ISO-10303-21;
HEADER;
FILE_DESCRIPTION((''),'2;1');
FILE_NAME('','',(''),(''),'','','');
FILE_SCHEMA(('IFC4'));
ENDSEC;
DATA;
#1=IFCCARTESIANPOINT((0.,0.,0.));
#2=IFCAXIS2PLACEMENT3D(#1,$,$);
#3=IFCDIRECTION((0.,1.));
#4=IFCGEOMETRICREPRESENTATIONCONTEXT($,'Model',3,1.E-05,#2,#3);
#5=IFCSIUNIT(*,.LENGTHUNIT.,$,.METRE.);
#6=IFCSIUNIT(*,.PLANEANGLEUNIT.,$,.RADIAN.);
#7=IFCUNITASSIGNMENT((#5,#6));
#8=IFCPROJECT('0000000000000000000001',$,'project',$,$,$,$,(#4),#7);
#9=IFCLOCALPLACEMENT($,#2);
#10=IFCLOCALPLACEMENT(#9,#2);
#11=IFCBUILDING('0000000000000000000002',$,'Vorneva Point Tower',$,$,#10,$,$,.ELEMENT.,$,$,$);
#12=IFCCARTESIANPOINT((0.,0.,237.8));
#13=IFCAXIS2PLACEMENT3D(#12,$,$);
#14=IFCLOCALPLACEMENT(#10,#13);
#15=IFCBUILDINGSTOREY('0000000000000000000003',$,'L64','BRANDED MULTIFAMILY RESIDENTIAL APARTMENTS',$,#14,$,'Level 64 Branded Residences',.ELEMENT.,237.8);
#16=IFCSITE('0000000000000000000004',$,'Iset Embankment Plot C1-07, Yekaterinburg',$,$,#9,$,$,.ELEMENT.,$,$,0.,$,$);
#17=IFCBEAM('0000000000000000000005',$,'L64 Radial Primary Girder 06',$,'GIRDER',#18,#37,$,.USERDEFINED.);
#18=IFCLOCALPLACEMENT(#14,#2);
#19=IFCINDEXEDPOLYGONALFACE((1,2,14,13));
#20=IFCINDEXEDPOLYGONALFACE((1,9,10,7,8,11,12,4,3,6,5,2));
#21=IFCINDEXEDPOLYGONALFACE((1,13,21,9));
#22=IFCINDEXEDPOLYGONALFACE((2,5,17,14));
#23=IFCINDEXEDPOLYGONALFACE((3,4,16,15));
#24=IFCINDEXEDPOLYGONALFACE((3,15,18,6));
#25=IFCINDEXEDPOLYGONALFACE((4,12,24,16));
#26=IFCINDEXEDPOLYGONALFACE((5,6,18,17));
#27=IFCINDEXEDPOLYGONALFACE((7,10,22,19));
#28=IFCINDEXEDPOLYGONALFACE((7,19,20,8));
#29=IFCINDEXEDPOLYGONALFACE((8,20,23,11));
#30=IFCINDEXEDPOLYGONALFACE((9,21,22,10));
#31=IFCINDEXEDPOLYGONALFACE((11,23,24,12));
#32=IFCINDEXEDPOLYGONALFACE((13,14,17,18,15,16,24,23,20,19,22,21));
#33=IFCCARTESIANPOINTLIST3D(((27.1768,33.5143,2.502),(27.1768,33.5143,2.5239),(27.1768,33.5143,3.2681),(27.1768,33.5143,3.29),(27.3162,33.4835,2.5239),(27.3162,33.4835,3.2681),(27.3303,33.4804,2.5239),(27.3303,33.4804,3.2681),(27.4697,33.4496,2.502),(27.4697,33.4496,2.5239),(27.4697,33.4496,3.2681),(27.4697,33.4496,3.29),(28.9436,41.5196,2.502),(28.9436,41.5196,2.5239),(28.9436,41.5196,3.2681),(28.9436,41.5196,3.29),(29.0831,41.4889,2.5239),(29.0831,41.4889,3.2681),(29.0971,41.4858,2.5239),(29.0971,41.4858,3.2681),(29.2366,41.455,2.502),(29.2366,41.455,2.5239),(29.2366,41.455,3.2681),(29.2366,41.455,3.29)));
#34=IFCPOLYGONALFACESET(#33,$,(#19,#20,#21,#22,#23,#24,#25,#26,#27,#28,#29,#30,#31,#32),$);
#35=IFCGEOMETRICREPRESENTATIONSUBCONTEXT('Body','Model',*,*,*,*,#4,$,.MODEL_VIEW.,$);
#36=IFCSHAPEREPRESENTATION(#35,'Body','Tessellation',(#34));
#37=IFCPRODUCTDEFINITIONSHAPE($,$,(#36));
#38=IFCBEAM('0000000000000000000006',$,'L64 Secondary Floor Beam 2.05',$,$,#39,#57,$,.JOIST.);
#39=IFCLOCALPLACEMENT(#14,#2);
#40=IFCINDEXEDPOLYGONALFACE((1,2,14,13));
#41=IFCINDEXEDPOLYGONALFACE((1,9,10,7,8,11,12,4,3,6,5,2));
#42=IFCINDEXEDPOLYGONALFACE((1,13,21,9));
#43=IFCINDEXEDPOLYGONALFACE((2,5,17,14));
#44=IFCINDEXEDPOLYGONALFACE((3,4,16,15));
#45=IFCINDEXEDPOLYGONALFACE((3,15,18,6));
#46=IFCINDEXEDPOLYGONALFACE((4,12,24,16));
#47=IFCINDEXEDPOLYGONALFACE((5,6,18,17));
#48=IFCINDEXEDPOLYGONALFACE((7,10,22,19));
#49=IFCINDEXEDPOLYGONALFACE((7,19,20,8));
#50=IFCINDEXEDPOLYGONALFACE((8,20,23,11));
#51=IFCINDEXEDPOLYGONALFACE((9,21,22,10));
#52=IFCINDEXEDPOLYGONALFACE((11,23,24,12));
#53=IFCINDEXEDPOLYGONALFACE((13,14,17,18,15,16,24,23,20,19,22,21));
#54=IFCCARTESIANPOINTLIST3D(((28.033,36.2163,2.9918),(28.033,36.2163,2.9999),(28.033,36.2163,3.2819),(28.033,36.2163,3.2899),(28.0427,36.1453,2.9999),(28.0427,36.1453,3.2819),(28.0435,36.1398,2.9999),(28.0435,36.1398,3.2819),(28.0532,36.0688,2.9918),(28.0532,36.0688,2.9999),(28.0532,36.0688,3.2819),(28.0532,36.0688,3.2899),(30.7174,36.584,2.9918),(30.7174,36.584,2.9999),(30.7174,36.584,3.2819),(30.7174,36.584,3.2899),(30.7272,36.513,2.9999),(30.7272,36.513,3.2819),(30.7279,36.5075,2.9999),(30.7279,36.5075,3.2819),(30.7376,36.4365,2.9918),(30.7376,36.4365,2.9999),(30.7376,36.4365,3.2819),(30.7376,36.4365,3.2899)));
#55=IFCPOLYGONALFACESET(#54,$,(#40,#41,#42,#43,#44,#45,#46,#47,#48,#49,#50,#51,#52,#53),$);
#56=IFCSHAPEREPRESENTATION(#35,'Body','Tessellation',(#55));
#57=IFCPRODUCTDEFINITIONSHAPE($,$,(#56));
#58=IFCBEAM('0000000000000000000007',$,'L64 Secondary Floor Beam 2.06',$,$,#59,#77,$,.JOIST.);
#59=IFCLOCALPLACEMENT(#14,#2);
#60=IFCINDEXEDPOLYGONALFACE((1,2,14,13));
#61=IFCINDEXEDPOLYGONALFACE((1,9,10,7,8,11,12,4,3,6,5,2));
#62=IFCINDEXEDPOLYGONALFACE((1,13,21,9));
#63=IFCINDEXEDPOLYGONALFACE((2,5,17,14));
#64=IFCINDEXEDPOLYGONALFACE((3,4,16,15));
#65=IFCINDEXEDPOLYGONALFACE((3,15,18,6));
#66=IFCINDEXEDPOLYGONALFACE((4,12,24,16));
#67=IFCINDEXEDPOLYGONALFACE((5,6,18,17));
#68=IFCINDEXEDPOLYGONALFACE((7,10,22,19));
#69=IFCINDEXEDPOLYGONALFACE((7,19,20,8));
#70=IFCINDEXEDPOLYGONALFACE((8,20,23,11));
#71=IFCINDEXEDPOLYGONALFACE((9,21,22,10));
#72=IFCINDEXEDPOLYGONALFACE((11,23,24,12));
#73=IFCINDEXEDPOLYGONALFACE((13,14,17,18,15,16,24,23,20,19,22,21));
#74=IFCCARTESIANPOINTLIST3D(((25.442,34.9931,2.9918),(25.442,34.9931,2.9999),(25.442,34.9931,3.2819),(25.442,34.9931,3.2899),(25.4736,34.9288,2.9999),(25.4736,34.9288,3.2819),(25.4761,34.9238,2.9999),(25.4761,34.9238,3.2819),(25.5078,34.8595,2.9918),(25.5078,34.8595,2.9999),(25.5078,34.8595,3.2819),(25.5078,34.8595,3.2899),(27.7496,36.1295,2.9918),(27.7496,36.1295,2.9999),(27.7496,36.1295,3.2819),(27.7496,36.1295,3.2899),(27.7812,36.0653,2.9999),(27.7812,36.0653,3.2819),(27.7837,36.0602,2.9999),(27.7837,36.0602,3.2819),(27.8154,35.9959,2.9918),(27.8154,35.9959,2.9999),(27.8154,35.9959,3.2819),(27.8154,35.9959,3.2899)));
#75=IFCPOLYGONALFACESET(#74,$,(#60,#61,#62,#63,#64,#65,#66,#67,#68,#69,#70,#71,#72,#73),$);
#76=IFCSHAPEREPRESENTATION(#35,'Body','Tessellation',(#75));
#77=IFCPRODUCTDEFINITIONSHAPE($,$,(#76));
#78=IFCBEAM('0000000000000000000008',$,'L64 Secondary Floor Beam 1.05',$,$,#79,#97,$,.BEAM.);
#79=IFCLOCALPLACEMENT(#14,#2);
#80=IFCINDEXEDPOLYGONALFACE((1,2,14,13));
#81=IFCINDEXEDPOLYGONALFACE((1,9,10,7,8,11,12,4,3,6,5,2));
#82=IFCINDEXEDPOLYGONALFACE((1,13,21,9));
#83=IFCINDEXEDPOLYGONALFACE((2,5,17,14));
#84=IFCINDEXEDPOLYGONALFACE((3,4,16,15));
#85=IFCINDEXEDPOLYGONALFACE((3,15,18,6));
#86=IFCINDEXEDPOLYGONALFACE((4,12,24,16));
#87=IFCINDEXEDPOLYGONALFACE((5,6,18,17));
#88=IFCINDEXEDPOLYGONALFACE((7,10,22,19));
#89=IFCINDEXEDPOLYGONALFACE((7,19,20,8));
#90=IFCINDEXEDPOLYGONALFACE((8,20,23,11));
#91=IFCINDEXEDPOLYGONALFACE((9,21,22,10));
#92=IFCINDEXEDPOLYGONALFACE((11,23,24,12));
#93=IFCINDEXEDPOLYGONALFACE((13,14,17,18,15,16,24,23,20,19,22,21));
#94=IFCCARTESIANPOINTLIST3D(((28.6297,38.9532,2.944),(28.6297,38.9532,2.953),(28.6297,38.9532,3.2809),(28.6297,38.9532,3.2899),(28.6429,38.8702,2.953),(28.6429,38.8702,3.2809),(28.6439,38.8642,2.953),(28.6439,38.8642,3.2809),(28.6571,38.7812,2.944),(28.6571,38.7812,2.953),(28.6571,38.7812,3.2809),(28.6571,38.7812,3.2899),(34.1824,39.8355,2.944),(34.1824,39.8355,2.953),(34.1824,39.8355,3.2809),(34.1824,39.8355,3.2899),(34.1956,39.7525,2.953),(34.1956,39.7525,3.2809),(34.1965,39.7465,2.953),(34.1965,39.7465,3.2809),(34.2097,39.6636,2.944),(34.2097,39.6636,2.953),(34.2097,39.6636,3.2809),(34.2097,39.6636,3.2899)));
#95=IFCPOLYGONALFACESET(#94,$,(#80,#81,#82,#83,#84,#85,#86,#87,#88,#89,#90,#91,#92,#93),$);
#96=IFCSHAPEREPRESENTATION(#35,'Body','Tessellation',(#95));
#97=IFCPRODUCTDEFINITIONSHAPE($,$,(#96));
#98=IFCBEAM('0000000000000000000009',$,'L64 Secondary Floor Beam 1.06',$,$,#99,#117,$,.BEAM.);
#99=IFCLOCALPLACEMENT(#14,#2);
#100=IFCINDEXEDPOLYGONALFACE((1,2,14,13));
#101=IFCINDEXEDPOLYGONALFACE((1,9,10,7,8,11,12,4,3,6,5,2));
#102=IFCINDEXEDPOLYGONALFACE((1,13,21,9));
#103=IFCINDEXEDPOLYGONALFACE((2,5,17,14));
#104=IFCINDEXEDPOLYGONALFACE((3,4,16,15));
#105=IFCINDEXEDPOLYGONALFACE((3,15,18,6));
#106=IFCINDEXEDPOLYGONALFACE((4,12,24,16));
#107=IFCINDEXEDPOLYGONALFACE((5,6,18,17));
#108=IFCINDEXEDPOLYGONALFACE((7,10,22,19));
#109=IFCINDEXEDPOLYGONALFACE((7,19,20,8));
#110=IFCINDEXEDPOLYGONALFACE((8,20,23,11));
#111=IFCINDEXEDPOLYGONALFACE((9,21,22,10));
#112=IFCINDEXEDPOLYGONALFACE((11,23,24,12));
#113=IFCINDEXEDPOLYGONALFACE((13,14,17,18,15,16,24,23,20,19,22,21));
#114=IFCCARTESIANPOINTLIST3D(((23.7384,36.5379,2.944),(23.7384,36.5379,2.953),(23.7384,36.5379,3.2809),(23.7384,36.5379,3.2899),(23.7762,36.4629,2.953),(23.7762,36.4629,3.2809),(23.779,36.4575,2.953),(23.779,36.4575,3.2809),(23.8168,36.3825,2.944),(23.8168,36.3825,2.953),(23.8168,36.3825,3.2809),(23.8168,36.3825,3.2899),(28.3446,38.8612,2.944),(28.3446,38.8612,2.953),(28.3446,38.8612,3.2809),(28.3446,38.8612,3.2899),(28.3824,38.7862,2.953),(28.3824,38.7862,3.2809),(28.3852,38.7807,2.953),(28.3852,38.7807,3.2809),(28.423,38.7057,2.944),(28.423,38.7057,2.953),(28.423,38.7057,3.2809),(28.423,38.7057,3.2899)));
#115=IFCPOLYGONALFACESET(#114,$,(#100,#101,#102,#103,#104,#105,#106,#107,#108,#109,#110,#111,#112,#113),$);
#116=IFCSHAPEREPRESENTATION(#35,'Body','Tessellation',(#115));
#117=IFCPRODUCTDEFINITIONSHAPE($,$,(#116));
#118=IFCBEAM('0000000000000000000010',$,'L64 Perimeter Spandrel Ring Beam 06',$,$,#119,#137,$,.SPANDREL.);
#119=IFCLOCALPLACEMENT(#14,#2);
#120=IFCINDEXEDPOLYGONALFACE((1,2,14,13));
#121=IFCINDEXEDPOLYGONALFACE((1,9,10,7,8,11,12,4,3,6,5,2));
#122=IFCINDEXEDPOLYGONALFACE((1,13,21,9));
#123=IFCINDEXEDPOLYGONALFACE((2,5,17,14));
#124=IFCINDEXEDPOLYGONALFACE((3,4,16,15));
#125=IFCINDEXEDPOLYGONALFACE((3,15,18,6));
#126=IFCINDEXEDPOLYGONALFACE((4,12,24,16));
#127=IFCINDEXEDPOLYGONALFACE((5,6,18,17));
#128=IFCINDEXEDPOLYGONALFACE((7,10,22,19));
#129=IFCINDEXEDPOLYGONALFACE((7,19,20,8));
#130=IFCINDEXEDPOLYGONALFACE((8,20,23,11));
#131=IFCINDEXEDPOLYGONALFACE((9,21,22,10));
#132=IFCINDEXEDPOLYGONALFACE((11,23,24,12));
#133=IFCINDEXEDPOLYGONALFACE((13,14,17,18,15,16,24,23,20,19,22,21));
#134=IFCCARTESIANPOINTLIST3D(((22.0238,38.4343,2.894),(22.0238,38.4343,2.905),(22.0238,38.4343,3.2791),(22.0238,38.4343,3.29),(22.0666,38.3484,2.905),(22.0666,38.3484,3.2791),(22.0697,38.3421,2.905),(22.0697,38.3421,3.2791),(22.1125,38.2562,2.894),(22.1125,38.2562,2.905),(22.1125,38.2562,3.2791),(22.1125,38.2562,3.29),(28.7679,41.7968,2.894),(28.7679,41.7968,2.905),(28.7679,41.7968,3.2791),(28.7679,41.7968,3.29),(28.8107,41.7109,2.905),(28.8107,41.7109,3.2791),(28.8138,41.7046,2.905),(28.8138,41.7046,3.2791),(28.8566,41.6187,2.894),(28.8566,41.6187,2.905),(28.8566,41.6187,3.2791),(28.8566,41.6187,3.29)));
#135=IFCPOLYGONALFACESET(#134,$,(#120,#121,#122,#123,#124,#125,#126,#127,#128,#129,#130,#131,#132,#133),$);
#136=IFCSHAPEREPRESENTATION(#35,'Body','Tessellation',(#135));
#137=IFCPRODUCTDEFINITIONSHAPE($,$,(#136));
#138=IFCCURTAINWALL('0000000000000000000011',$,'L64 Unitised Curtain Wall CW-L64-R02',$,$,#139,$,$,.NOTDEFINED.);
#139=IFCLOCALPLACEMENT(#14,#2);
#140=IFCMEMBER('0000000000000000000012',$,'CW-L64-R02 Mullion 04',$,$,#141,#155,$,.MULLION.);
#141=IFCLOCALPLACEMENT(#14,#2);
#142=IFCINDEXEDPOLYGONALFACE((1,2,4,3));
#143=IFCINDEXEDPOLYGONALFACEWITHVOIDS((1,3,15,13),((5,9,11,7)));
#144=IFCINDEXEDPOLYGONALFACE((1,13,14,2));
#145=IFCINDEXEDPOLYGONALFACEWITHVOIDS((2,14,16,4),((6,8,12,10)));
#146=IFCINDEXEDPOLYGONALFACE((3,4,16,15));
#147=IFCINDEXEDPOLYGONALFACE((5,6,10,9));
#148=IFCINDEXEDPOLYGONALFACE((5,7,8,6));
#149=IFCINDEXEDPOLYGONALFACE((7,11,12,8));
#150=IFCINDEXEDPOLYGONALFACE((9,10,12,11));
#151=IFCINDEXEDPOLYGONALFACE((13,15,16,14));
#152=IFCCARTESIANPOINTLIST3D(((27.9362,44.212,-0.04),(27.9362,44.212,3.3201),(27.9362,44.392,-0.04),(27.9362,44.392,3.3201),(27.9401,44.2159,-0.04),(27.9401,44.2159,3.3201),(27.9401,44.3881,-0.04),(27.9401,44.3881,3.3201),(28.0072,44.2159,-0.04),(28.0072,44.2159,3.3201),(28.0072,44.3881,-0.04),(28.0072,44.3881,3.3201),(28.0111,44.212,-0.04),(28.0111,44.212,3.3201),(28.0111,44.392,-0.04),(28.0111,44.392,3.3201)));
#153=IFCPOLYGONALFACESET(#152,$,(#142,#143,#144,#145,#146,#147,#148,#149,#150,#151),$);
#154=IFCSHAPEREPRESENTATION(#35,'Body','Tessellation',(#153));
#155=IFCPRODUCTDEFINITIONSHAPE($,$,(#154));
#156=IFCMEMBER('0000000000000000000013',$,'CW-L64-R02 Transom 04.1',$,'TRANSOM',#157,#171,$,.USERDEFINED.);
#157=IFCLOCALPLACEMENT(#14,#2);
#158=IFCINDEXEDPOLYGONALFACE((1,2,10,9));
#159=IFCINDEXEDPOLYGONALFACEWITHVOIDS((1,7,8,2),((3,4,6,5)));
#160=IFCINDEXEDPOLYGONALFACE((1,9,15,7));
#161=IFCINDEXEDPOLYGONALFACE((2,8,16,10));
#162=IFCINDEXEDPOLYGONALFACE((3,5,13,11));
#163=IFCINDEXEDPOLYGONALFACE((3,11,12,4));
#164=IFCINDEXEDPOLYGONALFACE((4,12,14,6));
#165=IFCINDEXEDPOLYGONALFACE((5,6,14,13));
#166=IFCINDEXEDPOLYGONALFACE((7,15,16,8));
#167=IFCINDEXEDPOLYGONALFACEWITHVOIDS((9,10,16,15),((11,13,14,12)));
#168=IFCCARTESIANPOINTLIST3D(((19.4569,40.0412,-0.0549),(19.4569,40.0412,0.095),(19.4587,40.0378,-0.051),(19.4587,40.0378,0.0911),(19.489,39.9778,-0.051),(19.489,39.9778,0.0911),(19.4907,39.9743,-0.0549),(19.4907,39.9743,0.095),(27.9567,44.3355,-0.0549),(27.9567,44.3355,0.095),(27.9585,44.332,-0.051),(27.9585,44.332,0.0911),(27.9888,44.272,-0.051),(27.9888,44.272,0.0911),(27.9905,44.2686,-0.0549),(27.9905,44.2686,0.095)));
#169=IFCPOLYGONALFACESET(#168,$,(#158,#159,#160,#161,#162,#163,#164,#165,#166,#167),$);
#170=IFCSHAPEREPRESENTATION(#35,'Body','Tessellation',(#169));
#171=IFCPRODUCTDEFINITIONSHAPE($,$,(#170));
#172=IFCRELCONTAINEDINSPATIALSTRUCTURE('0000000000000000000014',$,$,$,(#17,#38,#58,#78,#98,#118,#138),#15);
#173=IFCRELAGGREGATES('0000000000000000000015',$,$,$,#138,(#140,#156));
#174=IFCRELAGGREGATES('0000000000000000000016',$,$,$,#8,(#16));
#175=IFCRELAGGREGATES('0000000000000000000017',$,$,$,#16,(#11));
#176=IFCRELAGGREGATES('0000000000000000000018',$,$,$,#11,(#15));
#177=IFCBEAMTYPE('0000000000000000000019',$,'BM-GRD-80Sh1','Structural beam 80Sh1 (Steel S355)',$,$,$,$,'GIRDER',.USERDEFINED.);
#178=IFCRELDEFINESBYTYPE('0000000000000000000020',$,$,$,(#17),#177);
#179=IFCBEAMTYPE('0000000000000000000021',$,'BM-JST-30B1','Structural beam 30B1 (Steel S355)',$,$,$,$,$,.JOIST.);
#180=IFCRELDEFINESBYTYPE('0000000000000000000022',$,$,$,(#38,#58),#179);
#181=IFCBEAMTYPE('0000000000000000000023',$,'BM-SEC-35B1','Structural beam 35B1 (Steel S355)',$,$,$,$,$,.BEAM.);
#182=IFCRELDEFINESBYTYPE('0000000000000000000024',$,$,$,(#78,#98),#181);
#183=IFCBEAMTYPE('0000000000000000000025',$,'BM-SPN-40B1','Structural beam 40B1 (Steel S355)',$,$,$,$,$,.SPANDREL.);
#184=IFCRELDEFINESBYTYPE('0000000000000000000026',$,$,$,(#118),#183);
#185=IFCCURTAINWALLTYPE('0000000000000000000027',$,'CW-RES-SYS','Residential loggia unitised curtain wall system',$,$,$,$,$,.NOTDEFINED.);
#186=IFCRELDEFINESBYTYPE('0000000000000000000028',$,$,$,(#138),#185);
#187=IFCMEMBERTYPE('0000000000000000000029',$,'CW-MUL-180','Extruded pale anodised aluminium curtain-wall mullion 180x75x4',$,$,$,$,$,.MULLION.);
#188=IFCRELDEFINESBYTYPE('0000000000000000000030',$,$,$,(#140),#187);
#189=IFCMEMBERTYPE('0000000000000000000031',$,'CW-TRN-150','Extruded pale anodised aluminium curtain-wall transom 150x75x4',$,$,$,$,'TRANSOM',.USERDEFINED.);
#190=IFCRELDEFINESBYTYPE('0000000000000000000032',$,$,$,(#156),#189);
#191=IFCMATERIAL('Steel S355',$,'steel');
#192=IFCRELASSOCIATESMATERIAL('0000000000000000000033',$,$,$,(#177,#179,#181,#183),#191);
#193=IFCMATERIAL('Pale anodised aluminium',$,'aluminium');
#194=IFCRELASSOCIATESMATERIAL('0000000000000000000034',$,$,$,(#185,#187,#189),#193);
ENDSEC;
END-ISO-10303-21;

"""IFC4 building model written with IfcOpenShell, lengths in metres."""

from ifc_helpers import new_model, si_unit, direction, frame, origin, origin_2d, place, context, subcontext, project, spatial, hollow_rectangle, i_section, extrude, material, material_profile, profile_set, type_object, element, aggregate, save


model = new_model("IFC4")

# Units and contexts
model_context = context("Model", 3, precision=1e-05, world=origin(), true_north=direction((0.0, 1.0)))
body_context = subcontext(model_context, "Body", "Model", "MODEL_VIEW")
ifc_project = project(units=[si_unit("LENGTHUNIT", "METRE"), si_unit("PLANEANGLEUNIT", "RADIAN")], contexts=[model_context])

# Site, building, storey
site_placement = place(None, origin())
site = spatial("IfcSite", under=ifc_project, at=site_placement, Name="Iset Embankment Plot C1-07, Yekaterinburg", CompositionType="ELEMENT", RefElevation=0.0)
building_placement = place(site_placement, origin())
building = spatial("IfcBuilding", under=site, at=building_placement, Name="Vorneva Point Tower", CompositionType="ELEMENT")
storey_placement = place(building_placement, frame((0.0, 0.0, 237.8)))
storey = spatial("IfcBuildingStorey", under=building, at=storey_placement, Name="L64", Description="BRANDED MULTIFAMILY RESIDENTIAL APARTMENTS", LongName="Level 64 Branded Residences", CompositionType="ELEMENT", Elevation=237.8)

# Beams
ifc_material_1 = material(Name="Steel S355", Category="steel")
ifc_material_profile_1 = material_profile(ifc_material_1, i_section(OverallWidth=0.3, OverallDepth=0.7881, WebThickness=0.0144, FlangeThickness=0.022, at=origin_2d()), Name="80Sh1")
ifc_profile_set_1 = profile_set([ifc_material_profile_1], Name="Steel S355")
beam_type_1 = type_object("IfcBeamType", Name="BM-GRD-80Sh1", Description="Structural beam 80Sh1 (Steel S355)", ElementType="GIRDER", PredefinedType="USERDEFINED", material=ifc_profile_set_1)
beam_1_placement = place(storey_placement, frame((29.0901, 41.4873, 2.896), z_axis=(-0.215521, -0.976499, 0.0), x_axis=(0.976499, -0.215521, 0.0)))
element("IfcBeam", 1, at=beam_1_placement, inside=storey, type_object=beam_type_1, Name="L64 Radial Primary Girder 06", ObjectType="GIRDER", PredefinedType="USERDEFINED", context=body_context, shape_type="SweptSolid", body=[
    extrude(i_section(OverallWidth=0.3, OverallDepth=0.7881, WebThickness=0.0144, FlangeThickness=0.022, at=origin_2d()), origin(), (0.0, 0.0, 1.0), 8.198),
])
ifc_material_profile_2 = material_profile(ifc_material_1, i_section(OverallWidth=0.1489, OverallDepth=0.2981, WebThickness=0.0056, FlangeThickness=0.0081, at=origin_2d()), Name="30B1")
ifc_profile_set_2 = profile_set([ifc_material_profile_2], Name="Steel S355")
beam_type_2 = type_object("IfcBeamType", Name="BM-JST-30B1", Description="Structural beam 30B1 (Steel S355)", PredefinedType="JOIST", material=ifc_profile_set_2)
beam_2_placement = place(storey_placement, frame((30.7275, 36.5103, 3.1409), z_axis=(-0.990749, -0.135704, 0.0), x_axis=(0.135704, -0.990749, 0.0)))
element("IfcBeam", 2, at=beam_2_placement, inside=storey, type_object=beam_type_2, Name="L64 Secondary Floor Beam 2.05", PredefinedType="JOIST", context=body_context, shape_type="SweptSolid", body=[
    extrude(i_section(OverallWidth=0.1489, OverallDepth=0.2981, WebThickness=0.0056, FlangeThickness=0.0081, at=origin_2d()), origin(), (0.0, 0.0, 1.0), 2.7095),
])
beam_3_placement = place(storey_placement, frame((27.7825, 36.0627, 3.1409), z_axis=(-0.897106, -0.441814, 0.0), x_axis=(0.441814, -0.897106, 0.0)))
element("IfcBeam", 3, at=beam_3_placement, inside=storey, type_object=beam_type_2, Name="L64 Secondary Floor Beam 2.06", PredefinedType="JOIST", context=body_context, shape_type="SweptSolid", body=[
    extrude(i_section(OverallWidth=0.1489, OverallDepth=0.2981, WebThickness=0.0056, FlangeThickness=0.0081, at=origin_2d()), origin(), (0.0, 0.0, 1.0), 2.5723),
])
ifc_material_profile_3 = material_profile(ifc_material_1, i_section(OverallWidth=0.1741, OverallDepth=0.3459, WebThickness=0.0061, FlangeThickness=0.009, at=origin_2d()), Name="35B1")
ifc_profile_set_3 = profile_set([ifc_material_profile_3], Name="Steel S355")
beam_type_3 = type_object("IfcBeamType", Name="BM-SEC-35B1", Description="Structural beam 35B1 (Steel S355)", PredefinedType="BEAM", material=ifc_profile_set_3)
beam_4_placement = place(storey_placement, frame((34.196, 39.7495, 3.1169), z_axis=(-0.98761, -0.15693, 0.0), x_axis=(0.15693, -0.98761, 0.0)))
element("IfcBeam", 4, at=beam_4_placement, inside=storey, type_object=beam_type_3, Name="L64 Secondary Floor Beam 1.05", PredefinedType="BEAM", context=body_context, shape_type="SweptSolid", body=[
    extrude(i_section(OverallWidth=0.1741, OverallDepth=0.3459, WebThickness=0.0061, FlangeThickness=0.009, at=origin_2d()), origin(), (0.0, 0.0, 1.0), 5.6223),
])
beam_5_placement = place(storey_placement, frame((28.3838, 38.7834, 3.1169), z_axis=(-0.89286, -0.450334, 0.0), x_axis=(0.450334, -0.89286, 0.0)))
element("IfcBeam", 5, at=beam_5_placement, inside=storey, type_object=beam_type_3, Name="L64 Secondary Floor Beam 1.06", PredefinedType="BEAM", context=body_context, shape_type="SweptSolid", body=[
    extrude(i_section(OverallWidth=0.1741, OverallDepth=0.3459, WebThickness=0.0061, FlangeThickness=0.009, at=origin_2d()), origin(), (0.0, 0.0, 1.0), 5.1589),
])
ifc_material_profile_4 = material_profile(ifc_material_1, i_section(OverallWidth=0.199, OverallDepth=0.396, WebThickness=0.0071, FlangeThickness=0.011, at=origin_2d()), Name="40B1")
ifc_profile_set_4 = profile_set([ifc_material_profile_4], Name="Steel S355")
beam_type_4 = type_object("IfcBeamType", Name="BM-SPN-40B1", Description="Structural beam 40B1 (Steel S355)", PredefinedType="SPANDREL", material=ifc_profile_set_4)
beam_6_placement = place(storey_placement, frame((28.8123, 41.7078, 3.092), z_axis=(-0.894932, -0.446203, 0.0), x_axis=(0.446203, -0.894932, 0.0)))
element("IfcBeam", 6, at=beam_6_placement, inside=storey, type_object=beam_type_4, Name="L64 Perimeter Spandrel Ring Beam 06", PredefinedType="SPANDREL", context=body_context, shape_type="SweptSolid", body=[
    extrude(i_section(OverallWidth=0.199, OverallDepth=0.396, WebThickness=0.0071, FlangeThickness=0.011, at=origin_2d()), origin(), (0.0, 0.0, 1.0), 7.5359),
])

# Curtain wall, members
ifc_material_2 = material(Name="Pale anodised aluminium", Category="aluminium")
curtain_wall_type = type_object("IfcCurtainWallType", Name="CW-RES-SYS", Description="Residential loggia unitised curtain wall system", PredefinedType="NOTDEFINED", material=ifc_material_2)
curtain_wall_placement = place(storey_placement, origin())
curtain_wall = element("IfcCurtainWall", 7, at=curtain_wall_placement, inside=storey, type_object=curtain_wall_type, Name="L64 Unitised Curtain Wall CW-L64-R02", PredefinedType="NOTDEFINED")
ifc_material_profile_5 = material_profile(ifc_material_2, hollow_rectangle(XDim=0.075, YDim=0.1799, WallThickness=0.0039, at=origin_2d()), Name="AL-MUL 180x75x4")
ifc_profile_set_5 = profile_set([ifc_material_profile_5], Name="Pale anodised aluminium")
member_type_1 = type_object("IfcMemberType", Name="CW-MUL-180", Description="Extruded pale anodised aluminium curtain-wall mullion 180x75x4", PredefinedType="MULLION", material=ifc_profile_set_5)
member_1_placement = place(storey_placement, frame((27.9736, 44.302, -0.04), z_axis=(0.0, 0.0, 1.0), x_axis=(1.0, 0.0, 0.0)))
member_1 = element("IfcMember", 8, at=member_1_placement, type_object=member_type_1, Name="CW-L64-R02 Mullion 04", PredefinedType="MULLION", context=body_context, shape_type="SweptSolid", body=[
    extrude(hollow_rectangle(XDim=0.075, YDim=0.1799, WallThickness=0.0039, at=origin_2d()), origin(), (0.0, 0.0, 1.0), 3.3601),
])
ifc_material_profile_6 = material_profile(ifc_material_2, hollow_rectangle(XDim=0.075, YDim=0.1499, WallThickness=0.0039, at=origin_2d()), Name="AL-TRN 150x75x4")
ifc_profile_set_6 = profile_set([ifc_material_profile_6], Name="Pale anodised aluminium")
member_type_2 = type_object("IfcMemberType", Name="CW-TRN-150", Description="Extruded pale anodised aluminium curtain-wall transom 150x75x4", ElementType="TRANSOM", PredefinedType="USERDEFINED", material=ifc_profile_set_6)
member_2_placement = place(storey_placement, frame((27.9736, 44.302, 0.02), z_axis=(-0.892558, -0.450932, 0.0), x_axis=(0.450932, -0.892558, 0.0)))
member_2 = element("IfcMember", 9, at=member_2_placement, type_object=member_type_2, Name="CW-L64-R02 Transom 04.1", ObjectType="TRANSOM", PredefinedType="USERDEFINED", context=body_context, shape_type="SweptSolid", body=[
    extrude(hollow_rectangle(XDim=0.075, YDim=0.1499, WallThickness=0.0039, at=origin_2d()), origin(), (0.0, 0.0, 1.0), 9.5229),
])
aggregate(curtain_wall, [member_1, member_2])

save(model, "model.ifc")
